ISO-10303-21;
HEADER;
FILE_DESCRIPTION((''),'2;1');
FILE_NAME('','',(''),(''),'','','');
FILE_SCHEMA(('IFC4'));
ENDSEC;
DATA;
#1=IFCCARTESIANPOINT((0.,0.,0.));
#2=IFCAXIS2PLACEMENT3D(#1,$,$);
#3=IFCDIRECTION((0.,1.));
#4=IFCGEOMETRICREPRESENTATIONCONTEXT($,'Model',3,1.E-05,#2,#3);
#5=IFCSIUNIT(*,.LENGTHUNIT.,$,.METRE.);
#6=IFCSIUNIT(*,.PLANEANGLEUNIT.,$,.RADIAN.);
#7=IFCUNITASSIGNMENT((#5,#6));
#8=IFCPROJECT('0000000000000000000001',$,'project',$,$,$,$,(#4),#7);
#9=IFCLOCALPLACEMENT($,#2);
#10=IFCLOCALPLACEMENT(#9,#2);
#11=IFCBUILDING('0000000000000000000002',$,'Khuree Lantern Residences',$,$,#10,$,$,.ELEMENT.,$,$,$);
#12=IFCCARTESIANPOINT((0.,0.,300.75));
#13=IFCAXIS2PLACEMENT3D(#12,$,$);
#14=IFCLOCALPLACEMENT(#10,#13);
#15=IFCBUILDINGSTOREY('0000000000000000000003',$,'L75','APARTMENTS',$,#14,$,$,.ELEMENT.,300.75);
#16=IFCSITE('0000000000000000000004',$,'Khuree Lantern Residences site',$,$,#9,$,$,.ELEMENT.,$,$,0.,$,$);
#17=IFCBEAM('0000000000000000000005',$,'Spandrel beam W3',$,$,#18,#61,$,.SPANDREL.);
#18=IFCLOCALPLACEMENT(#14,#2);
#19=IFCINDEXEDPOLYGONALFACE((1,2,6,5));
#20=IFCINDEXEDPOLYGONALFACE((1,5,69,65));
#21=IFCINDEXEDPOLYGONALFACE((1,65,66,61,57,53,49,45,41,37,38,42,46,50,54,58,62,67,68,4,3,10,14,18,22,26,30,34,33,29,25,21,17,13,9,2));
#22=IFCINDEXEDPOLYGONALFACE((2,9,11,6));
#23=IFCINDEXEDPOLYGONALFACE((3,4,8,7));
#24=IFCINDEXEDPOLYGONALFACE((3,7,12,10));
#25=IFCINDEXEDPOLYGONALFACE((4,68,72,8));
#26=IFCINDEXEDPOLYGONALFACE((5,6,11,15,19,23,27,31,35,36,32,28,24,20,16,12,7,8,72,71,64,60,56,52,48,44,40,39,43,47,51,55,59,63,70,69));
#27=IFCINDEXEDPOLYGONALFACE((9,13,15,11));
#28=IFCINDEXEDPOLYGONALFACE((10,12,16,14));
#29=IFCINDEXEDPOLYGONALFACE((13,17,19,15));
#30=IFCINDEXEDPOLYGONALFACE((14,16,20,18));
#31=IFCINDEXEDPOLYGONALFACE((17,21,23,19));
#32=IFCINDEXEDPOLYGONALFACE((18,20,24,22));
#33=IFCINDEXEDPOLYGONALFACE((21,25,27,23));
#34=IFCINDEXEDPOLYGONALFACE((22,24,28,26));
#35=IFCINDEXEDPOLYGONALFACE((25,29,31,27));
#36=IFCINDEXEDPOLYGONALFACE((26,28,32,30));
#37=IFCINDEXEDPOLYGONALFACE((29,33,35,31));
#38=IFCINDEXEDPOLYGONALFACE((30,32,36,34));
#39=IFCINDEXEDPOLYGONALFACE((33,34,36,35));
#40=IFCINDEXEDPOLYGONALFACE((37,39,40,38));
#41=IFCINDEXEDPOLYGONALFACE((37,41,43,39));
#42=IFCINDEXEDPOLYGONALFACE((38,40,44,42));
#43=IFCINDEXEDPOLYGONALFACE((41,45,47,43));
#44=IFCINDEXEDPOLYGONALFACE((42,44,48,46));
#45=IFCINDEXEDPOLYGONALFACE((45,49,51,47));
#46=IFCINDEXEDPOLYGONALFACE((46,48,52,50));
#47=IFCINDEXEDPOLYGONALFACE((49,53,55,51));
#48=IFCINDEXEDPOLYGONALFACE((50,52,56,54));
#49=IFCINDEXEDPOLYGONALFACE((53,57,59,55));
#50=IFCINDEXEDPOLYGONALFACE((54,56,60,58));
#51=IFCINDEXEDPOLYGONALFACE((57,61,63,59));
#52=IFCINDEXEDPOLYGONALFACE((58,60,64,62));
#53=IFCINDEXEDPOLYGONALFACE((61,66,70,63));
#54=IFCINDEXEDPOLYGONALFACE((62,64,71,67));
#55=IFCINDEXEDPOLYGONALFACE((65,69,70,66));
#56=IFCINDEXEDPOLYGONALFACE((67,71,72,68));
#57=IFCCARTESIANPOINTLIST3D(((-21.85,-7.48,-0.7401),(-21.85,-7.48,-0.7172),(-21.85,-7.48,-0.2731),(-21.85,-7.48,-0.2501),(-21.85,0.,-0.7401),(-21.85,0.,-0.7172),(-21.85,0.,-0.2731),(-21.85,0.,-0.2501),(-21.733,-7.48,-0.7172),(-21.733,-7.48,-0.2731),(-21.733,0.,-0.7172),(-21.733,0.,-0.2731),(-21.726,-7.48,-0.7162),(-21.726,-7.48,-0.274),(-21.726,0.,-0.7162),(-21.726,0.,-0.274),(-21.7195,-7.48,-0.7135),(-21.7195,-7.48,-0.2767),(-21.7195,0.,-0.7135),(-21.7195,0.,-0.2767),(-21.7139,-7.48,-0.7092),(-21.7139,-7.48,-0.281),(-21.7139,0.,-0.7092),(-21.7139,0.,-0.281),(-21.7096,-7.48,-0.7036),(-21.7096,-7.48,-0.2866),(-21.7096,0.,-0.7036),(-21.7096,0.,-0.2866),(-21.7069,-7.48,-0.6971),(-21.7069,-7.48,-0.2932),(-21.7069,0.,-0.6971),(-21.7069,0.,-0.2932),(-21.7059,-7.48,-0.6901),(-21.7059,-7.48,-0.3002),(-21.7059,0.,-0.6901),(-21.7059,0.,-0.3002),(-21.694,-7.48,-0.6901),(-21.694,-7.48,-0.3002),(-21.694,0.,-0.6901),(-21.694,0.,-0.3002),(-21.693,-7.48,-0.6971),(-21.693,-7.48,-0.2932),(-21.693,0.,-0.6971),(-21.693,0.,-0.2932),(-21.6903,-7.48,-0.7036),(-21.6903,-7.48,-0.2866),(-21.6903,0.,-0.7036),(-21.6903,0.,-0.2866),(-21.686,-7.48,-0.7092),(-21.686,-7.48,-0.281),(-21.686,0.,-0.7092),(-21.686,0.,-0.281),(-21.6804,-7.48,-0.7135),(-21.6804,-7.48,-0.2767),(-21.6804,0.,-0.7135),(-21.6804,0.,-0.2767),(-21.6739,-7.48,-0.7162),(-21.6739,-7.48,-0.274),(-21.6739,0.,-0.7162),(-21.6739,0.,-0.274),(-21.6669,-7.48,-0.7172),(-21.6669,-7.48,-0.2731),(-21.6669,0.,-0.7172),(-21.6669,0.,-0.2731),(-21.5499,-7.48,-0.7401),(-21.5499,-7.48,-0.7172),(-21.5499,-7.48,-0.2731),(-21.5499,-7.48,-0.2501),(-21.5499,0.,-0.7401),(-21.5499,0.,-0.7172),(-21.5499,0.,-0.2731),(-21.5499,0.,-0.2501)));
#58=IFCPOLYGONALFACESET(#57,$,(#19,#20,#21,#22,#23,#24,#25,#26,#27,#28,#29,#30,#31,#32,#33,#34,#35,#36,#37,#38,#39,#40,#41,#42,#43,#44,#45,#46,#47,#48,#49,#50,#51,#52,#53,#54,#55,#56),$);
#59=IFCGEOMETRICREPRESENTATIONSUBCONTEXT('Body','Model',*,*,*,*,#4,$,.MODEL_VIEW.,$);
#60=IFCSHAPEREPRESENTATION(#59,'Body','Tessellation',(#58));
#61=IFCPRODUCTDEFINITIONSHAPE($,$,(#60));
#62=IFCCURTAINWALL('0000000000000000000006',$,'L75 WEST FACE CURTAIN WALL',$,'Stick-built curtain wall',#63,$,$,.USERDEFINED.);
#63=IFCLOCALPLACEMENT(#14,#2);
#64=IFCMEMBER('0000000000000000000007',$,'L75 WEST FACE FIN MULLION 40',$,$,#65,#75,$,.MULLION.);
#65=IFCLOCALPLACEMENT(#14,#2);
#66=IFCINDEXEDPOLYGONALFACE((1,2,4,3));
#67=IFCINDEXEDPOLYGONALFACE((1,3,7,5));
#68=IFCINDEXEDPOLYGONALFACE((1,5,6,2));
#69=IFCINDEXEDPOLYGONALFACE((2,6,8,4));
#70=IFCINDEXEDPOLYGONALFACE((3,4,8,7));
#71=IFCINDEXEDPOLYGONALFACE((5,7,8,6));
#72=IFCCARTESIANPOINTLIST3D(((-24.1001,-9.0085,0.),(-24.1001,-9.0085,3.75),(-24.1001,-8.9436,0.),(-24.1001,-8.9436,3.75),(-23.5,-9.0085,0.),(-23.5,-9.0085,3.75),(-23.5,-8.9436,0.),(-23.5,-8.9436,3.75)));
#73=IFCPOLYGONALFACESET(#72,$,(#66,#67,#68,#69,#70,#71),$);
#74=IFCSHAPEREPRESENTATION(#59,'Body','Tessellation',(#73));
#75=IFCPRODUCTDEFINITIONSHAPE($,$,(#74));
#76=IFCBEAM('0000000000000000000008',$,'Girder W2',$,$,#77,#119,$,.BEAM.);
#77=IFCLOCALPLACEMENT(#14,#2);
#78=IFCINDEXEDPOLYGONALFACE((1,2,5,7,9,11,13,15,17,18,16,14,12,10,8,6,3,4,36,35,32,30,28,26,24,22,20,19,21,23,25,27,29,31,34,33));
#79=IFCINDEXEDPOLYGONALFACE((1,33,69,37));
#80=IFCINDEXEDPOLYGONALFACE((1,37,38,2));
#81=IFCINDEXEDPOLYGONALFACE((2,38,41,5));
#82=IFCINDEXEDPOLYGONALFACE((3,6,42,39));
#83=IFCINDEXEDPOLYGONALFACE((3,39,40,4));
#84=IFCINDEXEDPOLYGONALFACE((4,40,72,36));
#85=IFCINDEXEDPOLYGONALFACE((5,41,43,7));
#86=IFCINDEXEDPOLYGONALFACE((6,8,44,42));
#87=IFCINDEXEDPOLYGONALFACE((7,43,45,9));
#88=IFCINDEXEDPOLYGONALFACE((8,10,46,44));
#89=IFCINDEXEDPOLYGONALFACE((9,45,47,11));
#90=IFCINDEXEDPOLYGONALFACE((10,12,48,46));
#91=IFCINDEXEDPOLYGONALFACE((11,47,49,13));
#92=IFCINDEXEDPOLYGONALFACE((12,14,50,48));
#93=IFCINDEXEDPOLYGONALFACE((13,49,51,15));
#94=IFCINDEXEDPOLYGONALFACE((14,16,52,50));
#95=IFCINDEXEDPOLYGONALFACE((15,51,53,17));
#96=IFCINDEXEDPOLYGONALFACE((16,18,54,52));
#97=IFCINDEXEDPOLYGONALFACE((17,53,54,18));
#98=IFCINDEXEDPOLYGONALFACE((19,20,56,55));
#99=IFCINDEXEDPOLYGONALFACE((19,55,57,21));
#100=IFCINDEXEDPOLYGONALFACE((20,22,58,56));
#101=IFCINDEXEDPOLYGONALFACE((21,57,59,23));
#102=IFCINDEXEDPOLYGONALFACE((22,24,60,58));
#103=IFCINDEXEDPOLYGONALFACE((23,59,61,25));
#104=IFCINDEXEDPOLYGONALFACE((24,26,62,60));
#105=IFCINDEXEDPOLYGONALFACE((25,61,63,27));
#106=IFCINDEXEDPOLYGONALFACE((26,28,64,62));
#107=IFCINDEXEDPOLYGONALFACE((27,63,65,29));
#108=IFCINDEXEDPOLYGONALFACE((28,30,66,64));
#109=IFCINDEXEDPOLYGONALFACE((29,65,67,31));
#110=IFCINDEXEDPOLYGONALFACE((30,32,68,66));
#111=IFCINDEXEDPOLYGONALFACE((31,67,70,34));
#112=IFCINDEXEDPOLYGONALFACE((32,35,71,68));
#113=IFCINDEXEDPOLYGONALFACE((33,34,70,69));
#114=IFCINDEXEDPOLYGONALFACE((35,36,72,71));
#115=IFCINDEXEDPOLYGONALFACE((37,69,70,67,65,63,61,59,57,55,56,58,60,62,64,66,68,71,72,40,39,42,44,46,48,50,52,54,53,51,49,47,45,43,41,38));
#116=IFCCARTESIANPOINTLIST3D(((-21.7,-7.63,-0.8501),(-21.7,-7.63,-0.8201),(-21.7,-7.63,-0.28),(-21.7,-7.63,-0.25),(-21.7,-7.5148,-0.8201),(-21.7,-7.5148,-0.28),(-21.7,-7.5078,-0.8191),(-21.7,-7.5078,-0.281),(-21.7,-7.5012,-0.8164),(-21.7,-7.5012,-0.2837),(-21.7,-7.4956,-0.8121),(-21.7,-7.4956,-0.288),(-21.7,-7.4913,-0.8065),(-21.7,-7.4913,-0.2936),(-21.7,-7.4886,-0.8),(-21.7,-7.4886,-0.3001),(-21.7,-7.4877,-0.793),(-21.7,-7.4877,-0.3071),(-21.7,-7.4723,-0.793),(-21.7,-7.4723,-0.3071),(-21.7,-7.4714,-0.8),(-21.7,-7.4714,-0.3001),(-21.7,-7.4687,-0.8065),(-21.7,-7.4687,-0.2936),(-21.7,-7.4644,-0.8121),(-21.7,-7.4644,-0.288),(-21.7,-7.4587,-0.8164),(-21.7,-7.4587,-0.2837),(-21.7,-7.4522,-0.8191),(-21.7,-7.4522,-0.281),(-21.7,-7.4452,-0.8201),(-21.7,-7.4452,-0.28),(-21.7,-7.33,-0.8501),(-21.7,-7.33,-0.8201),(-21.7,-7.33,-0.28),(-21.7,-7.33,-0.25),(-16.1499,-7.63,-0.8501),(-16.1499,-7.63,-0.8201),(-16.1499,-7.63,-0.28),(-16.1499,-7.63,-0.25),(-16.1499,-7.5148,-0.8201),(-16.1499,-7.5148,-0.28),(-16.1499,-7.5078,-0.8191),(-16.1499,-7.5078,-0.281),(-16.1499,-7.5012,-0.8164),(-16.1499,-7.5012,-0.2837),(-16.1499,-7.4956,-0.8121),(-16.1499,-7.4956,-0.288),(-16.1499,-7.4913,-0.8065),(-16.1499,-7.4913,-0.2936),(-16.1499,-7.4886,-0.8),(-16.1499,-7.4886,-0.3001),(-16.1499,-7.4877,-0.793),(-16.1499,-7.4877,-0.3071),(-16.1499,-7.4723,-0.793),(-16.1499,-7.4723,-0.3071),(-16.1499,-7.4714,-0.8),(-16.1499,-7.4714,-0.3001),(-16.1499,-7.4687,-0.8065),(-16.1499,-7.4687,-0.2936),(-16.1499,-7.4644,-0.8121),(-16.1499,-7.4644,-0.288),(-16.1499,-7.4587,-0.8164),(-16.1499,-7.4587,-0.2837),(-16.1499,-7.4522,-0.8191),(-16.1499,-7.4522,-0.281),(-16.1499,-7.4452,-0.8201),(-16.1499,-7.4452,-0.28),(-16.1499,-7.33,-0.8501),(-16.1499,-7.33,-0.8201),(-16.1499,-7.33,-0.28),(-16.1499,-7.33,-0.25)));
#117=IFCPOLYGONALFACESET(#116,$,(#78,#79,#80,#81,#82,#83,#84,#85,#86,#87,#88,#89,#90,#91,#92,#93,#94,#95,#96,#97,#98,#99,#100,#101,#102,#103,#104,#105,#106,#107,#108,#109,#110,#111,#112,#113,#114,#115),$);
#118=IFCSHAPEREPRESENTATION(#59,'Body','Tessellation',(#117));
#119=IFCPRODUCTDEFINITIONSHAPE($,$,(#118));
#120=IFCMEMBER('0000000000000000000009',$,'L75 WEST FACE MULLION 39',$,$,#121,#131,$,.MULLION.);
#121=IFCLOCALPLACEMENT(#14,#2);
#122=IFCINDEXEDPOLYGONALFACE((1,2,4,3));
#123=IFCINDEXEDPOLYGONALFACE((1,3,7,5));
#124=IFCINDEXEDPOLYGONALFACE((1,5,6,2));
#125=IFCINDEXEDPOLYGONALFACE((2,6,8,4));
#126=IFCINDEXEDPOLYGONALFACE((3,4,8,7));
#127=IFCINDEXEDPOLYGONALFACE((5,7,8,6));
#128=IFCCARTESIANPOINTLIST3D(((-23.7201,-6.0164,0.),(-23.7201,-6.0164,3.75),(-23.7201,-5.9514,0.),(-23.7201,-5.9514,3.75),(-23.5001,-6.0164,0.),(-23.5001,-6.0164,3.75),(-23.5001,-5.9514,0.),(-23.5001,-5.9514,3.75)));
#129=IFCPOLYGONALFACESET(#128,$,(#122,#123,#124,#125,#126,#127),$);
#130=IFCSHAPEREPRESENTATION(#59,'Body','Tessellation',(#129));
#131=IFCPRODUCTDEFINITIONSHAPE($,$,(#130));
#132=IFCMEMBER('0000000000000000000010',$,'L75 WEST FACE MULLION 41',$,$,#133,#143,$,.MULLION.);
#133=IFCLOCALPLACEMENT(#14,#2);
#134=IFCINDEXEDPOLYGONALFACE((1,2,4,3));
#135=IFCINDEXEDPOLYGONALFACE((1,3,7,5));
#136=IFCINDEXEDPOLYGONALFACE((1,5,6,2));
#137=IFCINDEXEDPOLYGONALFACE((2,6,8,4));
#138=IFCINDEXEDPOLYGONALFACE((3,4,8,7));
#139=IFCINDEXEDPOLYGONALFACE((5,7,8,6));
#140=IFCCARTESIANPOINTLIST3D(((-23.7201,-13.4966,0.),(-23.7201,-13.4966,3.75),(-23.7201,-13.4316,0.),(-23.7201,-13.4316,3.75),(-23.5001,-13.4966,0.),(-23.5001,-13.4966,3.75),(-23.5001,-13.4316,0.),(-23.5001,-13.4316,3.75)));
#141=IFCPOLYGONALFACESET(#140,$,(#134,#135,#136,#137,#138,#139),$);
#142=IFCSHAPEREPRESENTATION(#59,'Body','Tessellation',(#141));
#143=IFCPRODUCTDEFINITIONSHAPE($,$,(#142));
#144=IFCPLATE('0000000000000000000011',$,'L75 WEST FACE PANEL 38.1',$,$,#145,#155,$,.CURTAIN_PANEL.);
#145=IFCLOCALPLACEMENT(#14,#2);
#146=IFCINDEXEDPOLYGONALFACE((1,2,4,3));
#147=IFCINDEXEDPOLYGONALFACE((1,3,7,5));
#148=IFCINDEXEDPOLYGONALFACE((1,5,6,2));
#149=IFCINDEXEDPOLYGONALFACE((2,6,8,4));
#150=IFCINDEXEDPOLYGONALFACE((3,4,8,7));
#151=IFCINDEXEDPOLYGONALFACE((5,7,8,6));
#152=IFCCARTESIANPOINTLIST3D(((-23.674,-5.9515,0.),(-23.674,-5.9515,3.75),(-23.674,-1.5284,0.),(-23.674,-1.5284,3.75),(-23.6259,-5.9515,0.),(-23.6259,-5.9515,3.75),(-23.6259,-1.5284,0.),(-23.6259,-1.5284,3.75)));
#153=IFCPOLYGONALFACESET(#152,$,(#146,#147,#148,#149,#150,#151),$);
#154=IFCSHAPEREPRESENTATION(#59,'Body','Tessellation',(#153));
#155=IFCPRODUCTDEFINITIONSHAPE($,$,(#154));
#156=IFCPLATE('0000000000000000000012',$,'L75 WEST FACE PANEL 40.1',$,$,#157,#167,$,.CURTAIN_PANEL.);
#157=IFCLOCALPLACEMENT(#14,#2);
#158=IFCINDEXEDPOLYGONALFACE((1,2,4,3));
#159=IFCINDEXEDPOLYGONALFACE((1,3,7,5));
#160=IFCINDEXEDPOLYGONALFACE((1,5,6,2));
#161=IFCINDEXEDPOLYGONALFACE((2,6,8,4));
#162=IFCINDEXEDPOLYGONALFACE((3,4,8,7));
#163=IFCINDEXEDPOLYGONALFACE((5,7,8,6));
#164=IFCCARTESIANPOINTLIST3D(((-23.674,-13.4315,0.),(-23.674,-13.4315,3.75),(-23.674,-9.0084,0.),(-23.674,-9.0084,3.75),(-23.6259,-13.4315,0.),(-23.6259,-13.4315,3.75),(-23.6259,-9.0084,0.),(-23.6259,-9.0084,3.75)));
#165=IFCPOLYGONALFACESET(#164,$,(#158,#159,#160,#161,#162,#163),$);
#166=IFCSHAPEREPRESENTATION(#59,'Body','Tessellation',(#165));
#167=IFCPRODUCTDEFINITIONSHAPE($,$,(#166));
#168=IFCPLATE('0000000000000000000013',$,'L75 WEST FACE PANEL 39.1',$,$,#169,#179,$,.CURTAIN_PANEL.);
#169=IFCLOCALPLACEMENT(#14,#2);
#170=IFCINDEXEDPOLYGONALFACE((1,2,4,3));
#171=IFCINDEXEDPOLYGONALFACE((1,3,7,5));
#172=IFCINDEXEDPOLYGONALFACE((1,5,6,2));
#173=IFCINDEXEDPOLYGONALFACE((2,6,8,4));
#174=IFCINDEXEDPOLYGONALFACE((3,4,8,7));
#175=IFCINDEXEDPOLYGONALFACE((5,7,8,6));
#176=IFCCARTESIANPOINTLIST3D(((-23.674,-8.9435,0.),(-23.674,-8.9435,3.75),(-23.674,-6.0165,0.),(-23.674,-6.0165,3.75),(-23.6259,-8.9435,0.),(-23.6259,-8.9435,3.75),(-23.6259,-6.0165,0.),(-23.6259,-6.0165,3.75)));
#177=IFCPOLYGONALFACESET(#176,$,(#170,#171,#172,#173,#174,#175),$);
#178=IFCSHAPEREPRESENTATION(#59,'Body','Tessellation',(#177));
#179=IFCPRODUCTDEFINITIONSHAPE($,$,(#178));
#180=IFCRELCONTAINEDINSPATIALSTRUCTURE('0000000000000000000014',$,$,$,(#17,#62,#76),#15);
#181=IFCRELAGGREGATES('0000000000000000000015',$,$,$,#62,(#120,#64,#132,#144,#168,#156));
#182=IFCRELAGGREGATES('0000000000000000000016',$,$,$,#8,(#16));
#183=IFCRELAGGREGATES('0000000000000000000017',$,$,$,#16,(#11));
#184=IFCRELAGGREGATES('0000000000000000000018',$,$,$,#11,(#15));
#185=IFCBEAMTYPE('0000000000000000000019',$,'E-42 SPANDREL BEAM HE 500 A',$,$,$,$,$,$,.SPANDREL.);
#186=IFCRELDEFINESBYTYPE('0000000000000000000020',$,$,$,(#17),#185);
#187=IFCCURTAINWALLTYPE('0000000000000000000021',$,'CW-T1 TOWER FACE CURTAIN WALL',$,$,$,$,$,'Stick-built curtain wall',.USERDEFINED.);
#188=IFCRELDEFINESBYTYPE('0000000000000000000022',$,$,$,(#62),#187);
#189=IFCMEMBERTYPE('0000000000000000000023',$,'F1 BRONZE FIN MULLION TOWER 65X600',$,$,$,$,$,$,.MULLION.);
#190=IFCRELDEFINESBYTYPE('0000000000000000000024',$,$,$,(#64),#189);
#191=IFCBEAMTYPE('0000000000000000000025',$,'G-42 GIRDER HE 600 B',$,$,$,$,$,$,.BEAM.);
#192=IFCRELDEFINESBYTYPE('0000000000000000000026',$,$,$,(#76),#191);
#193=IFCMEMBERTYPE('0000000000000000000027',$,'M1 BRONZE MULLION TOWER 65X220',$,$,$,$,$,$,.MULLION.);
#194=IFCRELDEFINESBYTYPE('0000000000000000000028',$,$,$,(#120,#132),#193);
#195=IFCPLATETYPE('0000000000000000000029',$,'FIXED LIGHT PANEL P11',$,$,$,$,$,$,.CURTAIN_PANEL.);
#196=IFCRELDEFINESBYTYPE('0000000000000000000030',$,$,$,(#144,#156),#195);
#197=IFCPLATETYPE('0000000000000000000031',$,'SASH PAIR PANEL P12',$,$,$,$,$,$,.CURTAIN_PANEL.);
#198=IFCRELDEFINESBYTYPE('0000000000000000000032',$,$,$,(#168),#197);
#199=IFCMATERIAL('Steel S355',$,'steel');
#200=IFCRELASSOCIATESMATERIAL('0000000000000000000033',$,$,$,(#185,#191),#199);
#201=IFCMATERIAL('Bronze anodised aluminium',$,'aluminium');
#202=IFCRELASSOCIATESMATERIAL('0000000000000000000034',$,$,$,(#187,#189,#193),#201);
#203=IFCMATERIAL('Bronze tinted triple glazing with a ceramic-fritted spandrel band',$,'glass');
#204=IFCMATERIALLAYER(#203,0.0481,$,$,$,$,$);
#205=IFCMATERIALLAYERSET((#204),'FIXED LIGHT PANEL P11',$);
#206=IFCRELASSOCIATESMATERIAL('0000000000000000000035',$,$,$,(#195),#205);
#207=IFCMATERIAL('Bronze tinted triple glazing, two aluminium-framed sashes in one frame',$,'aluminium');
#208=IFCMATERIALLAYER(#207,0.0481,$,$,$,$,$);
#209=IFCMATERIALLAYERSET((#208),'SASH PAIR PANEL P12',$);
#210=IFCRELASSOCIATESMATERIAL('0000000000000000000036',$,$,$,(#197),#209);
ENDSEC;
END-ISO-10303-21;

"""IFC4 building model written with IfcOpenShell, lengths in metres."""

from ifc_helpers import new_model, si_unit, direction, frame, origin, origin_2d, place, context, subcontext, project, spatial, rectangle, i_section, extrude, material, layer, layer_set, material_profile, profile_set, type_object, element, aggregate, save


model = new_model("IFC4")

# Units and contexts
model_context = context("Model", 3, precision=1e-05, world=origin(), true_north=direction((0.0, 1.0)))
body_context = subcontext(model_context, "Body", "Model", "MODEL_VIEW")
ifc_project = project(units=[si_unit("LENGTHUNIT", "METRE"), si_unit("PLANEANGLEUNIT", "RADIAN")], contexts=[model_context])

# Site, building, storey
site_placement = place(None, origin())
site = spatial("IfcSite", under=ifc_project, at=site_placement, Name="Khuree Lantern Residences site", CompositionType="ELEMENT", RefElevation=0.0)
building_placement = place(site_placement, origin())
building = spatial("IfcBuilding", under=site, at=building_placement, Name="Khuree Lantern Residences", CompositionType="ELEMENT")
storey_placement = place(building_placement, frame((0.0, 0.0, 300.75)))
storey = spatial("IfcBuildingStorey", under=building, at=storey_placement, Name="L75", Description="APARTMENTS", CompositionType="ELEMENT", Elevation=300.75)

# Beam
ifc_material_1 = material(Name="Steel S355", Category="steel")
ifc_material_profile_1 = material_profile(ifc_material_1, i_section(OverallWidth=0.3, OverallDepth=0.49, WebThickness=0.012, FlangeThickness=0.0229, FilletRadius=0.0271, at=origin_2d()), Name="HE 500 A")
ifc_profile_set_1 = profile_set([ifc_material_profile_1], Name="Steel S355")
beam_type_1 = type_object("IfcBeamType", Name="E-42 SPANDREL BEAM HE 500 A", PredefinedType="SPANDREL", material=ifc_profile_set_1)
for number, where, z_axis, x_axis, name in (
    (1, (-21.7, -7.48, -0.4951), (0.0, 1.0, 0.0), (-1.0, 0.0, 0.0), "Spandrel beam W3"),
):
    element("IfcBeam", number, at=place(storey_placement, frame(where, z_axis=z_axis, x_axis=x_axis)), inside=storey, type_object=beam_type_1, Name=name, PredefinedType="SPANDREL", context=body_context, shape_type="SweptSolid", body=[
        extrude(i_section(OverallWidth=0.3, OverallDepth=0.49, WebThickness=0.012, FlangeThickness=0.0229, FilletRadius=0.0271, at=origin_2d()), origin(), (0.0, 0.0, 1.0), 7.48),
    ])

# Curtain wall, member
ifc_material_2 = material(Name="Bronze anodised aluminium", Category="aluminium")
curtain_wall_type = type_object("IfcCurtainWallType", Name="CW-T1 TOWER FACE CURTAIN WALL", ElementType="Stick-built curtain wall", PredefinedType="USERDEFINED", material=ifc_material_2)
curtain_wall_placement = place(storey_placement, origin())
curtain_wall = element("IfcCurtainWall", 2, at=curtain_wall_placement, inside=storey, type_object=curtain_wall_type, Name="L75 WEST FACE CURTAIN WALL", ObjectType="Stick-built curtain wall", PredefinedType="USERDEFINED")
ifc_material_profile_2 = material_profile(ifc_material_2, rectangle(XDim=0.0649, YDim=0.6001, at=origin_2d()), Name="F1 65X600")
ifc_profile_set_2 = profile_set([ifc_material_profile_2], Name="Bronze anodised aluminium")
member_type_1 = type_object("IfcMemberType", Name="F1 BRONZE FIN MULLION TOWER 65X600", PredefinedType="MULLION", material=ifc_profile_set_2)
member_1_placement = place(storey_placement, frame((-23.8, -8.9761, 0.0), z_axis=(0.0, 0.0, 1.0), x_axis=(0.0, -1.0, 0.0)))
member_1 = element("IfcMember", 3, at=member_1_placement, type_object=member_type_1, Name="L75 WEST FACE FIN MULLION 40", PredefinedType="MULLION", context=body_context, shape_type="SweptSolid", body=[
    extrude(rectangle(XDim=0.0649, YDim=0.6001, at=origin_2d()), origin(), (0.0, 0.0, 1.0), 3.75),
])

# Beam
ifc_material_profile_3 = material_profile(ifc_material_1, i_section(OverallWidth=0.3, OverallDepth=0.6001, WebThickness=0.0154, FlangeThickness=0.03, FilletRadius=0.0271, at=origin_2d()), Name="HE 600 B")
ifc_profile_set_3 = profile_set([ifc_material_profile_3], Name="Steel S355")
beam_type_2 = type_object("IfcBeamType", Name="G-42 GIRDER HE 600 B", PredefinedType="BEAM", material=ifc_profile_set_3)
beam_placement = place(storey_placement, frame((-21.7, -7.48, -0.55), z_axis=(1.0, 0.0, 0.0), x_axis=(0.0, 1.0, 0.0)))
element("IfcBeam", 4, at=beam_placement, inside=storey, type_object=beam_type_2, Name="Girder W2", PredefinedType="BEAM", context=body_context, shape_type="SweptSolid", body=[
    extrude(i_section(OverallWidth=0.3, OverallDepth=0.6001, WebThickness=0.0154, FlangeThickness=0.03, FilletRadius=0.0271, at=origin_2d()), origin(), (0.0, 0.0, 1.0), 5.55),
])

# Members
ifc_material_profile_4 = material_profile(ifc_material_2, rectangle(XDim=0.0649, YDim=0.22, at=origin_2d()), Name="M1 65X220")
ifc_profile_set_4 = profile_set([ifc_material_profile_4], Name="Bronze anodised aluminium")
member_type_2 = type_object("IfcMemberType", Name="M1 BRONZE MULLION TOWER 65X220", PredefinedType="MULLION", material=ifc_profile_set_4)
member_2_placement = place(storey_placement, frame((-23.6101, -5.9839, 0.0), z_axis=(0.0, 0.0, 1.0), x_axis=(0.0, -1.0, 0.0)))
member_2 = element("IfcMember", 5, at=member_2_placement, type_object=member_type_2, Name="L75 WEST FACE MULLION 39", PredefinedType="MULLION", context=body_context, shape_type="SweptSolid", body=[
    extrude(rectangle(XDim=0.0649, YDim=0.22, at=origin_2d()), origin(), (0.0, 0.0, 1.0), 3.75),
])
member_3_placement = place(storey_placement, frame((-23.6101, -13.4641, 0.0), z_axis=(0.0, 0.0, 1.0), x_axis=(0.0, -1.0, 0.0)))
member_3 = element("IfcMember", 6, at=member_3_placement, type_object=member_type_2, Name="L75 WEST FACE MULLION 41", PredefinedType="MULLION", context=body_context, shape_type="SweptSolid", body=[
    extrude(rectangle(XDim=0.0649, YDim=0.22, at=origin_2d()), origin(), (0.0, 0.0, 1.0), 3.75),
])

# Plates
ifc_material_3 = material(Name="Bronze tinted triple glazing with a ceramic-fritted spandrel band", Category="glass")
ifc_layer_1 = layer(ifc_material_3, 0.0481)
ifc_layer_set_1 = layer_set([ifc_layer_1], Name="FIXED LIGHT PANEL P11")
plate_type_1 = type_object("IfcPlateType", Name="FIXED LIGHT PANEL P11", PredefinedType="CURTAIN_PANEL", material=ifc_layer_set_1)
plate_1_placement = place(storey_placement, frame((-23.6499, -3.74, 0.0), z_axis=(0.0, 0.0, 1.0), x_axis=(0.0, -1.0, 0.0)))
plate_1 = element("IfcPlate", 7, at=plate_1_placement, type_object=plate_type_1, Name="L75 WEST FACE PANEL 38.1", PredefinedType="CURTAIN_PANEL", context=body_context, shape_type="SweptSolid", body=[
    extrude(rectangle(XDim=4.4231, YDim=0.0481, at=origin_2d()), origin(), (0.0, 0.0, 1.0), 3.75),
])
plate_2_placement = place(storey_placement, frame((-23.6499, -11.22, 0.0), z_axis=(0.0, 0.0, 1.0), x_axis=(0.0, -1.0, 0.0)))
plate_2 = element("IfcPlate", 8, at=plate_2_placement, type_object=plate_type_1, Name="L75 WEST FACE PANEL 40.1", PredefinedType="CURTAIN_PANEL", context=body_context, shape_type="SweptSolid", body=[
    extrude(rectangle(XDim=4.4231, YDim=0.0481, at=origin_2d()), origin(), (0.0, 0.0, 1.0), 3.75),
])
ifc_material_4 = material(Name="Bronze tinted triple glazing, two aluminium-framed sashes in one frame", Category="aluminium")
ifc_layer_2 = layer(ifc_material_4, 0.0481)
ifc_layer_set_2 = layer_set([ifc_layer_2], Name="SASH PAIR PANEL P12")
plate_type_2 = type_object("IfcPlateType", Name="SASH PAIR PANEL P12", PredefinedType="CURTAIN_PANEL", material=ifc_layer_set_2)
plate_3_placement = place(storey_placement, frame((-23.6499, -7.48, 0.0), z_axis=(0.0, 0.0, 1.0), x_axis=(0.0, -1.0, 0.0)))
plate_3 = element("IfcPlate", 9, at=plate_3_placement, type_object=plate_type_2, Name="L75 WEST FACE PANEL 39.1", PredefinedType="CURTAIN_PANEL", context=body_context, shape_type="SweptSolid", body=[
    extrude(rectangle(XDim=2.927, YDim=0.0481, at=origin_2d()), origin(), (0.0, 0.0, 1.0), 3.75),
])
aggregate(curtain_wall, [member_2, member_1, member_3, plate_1, plate_3, plate_2])

save(model, "model.ifc")
